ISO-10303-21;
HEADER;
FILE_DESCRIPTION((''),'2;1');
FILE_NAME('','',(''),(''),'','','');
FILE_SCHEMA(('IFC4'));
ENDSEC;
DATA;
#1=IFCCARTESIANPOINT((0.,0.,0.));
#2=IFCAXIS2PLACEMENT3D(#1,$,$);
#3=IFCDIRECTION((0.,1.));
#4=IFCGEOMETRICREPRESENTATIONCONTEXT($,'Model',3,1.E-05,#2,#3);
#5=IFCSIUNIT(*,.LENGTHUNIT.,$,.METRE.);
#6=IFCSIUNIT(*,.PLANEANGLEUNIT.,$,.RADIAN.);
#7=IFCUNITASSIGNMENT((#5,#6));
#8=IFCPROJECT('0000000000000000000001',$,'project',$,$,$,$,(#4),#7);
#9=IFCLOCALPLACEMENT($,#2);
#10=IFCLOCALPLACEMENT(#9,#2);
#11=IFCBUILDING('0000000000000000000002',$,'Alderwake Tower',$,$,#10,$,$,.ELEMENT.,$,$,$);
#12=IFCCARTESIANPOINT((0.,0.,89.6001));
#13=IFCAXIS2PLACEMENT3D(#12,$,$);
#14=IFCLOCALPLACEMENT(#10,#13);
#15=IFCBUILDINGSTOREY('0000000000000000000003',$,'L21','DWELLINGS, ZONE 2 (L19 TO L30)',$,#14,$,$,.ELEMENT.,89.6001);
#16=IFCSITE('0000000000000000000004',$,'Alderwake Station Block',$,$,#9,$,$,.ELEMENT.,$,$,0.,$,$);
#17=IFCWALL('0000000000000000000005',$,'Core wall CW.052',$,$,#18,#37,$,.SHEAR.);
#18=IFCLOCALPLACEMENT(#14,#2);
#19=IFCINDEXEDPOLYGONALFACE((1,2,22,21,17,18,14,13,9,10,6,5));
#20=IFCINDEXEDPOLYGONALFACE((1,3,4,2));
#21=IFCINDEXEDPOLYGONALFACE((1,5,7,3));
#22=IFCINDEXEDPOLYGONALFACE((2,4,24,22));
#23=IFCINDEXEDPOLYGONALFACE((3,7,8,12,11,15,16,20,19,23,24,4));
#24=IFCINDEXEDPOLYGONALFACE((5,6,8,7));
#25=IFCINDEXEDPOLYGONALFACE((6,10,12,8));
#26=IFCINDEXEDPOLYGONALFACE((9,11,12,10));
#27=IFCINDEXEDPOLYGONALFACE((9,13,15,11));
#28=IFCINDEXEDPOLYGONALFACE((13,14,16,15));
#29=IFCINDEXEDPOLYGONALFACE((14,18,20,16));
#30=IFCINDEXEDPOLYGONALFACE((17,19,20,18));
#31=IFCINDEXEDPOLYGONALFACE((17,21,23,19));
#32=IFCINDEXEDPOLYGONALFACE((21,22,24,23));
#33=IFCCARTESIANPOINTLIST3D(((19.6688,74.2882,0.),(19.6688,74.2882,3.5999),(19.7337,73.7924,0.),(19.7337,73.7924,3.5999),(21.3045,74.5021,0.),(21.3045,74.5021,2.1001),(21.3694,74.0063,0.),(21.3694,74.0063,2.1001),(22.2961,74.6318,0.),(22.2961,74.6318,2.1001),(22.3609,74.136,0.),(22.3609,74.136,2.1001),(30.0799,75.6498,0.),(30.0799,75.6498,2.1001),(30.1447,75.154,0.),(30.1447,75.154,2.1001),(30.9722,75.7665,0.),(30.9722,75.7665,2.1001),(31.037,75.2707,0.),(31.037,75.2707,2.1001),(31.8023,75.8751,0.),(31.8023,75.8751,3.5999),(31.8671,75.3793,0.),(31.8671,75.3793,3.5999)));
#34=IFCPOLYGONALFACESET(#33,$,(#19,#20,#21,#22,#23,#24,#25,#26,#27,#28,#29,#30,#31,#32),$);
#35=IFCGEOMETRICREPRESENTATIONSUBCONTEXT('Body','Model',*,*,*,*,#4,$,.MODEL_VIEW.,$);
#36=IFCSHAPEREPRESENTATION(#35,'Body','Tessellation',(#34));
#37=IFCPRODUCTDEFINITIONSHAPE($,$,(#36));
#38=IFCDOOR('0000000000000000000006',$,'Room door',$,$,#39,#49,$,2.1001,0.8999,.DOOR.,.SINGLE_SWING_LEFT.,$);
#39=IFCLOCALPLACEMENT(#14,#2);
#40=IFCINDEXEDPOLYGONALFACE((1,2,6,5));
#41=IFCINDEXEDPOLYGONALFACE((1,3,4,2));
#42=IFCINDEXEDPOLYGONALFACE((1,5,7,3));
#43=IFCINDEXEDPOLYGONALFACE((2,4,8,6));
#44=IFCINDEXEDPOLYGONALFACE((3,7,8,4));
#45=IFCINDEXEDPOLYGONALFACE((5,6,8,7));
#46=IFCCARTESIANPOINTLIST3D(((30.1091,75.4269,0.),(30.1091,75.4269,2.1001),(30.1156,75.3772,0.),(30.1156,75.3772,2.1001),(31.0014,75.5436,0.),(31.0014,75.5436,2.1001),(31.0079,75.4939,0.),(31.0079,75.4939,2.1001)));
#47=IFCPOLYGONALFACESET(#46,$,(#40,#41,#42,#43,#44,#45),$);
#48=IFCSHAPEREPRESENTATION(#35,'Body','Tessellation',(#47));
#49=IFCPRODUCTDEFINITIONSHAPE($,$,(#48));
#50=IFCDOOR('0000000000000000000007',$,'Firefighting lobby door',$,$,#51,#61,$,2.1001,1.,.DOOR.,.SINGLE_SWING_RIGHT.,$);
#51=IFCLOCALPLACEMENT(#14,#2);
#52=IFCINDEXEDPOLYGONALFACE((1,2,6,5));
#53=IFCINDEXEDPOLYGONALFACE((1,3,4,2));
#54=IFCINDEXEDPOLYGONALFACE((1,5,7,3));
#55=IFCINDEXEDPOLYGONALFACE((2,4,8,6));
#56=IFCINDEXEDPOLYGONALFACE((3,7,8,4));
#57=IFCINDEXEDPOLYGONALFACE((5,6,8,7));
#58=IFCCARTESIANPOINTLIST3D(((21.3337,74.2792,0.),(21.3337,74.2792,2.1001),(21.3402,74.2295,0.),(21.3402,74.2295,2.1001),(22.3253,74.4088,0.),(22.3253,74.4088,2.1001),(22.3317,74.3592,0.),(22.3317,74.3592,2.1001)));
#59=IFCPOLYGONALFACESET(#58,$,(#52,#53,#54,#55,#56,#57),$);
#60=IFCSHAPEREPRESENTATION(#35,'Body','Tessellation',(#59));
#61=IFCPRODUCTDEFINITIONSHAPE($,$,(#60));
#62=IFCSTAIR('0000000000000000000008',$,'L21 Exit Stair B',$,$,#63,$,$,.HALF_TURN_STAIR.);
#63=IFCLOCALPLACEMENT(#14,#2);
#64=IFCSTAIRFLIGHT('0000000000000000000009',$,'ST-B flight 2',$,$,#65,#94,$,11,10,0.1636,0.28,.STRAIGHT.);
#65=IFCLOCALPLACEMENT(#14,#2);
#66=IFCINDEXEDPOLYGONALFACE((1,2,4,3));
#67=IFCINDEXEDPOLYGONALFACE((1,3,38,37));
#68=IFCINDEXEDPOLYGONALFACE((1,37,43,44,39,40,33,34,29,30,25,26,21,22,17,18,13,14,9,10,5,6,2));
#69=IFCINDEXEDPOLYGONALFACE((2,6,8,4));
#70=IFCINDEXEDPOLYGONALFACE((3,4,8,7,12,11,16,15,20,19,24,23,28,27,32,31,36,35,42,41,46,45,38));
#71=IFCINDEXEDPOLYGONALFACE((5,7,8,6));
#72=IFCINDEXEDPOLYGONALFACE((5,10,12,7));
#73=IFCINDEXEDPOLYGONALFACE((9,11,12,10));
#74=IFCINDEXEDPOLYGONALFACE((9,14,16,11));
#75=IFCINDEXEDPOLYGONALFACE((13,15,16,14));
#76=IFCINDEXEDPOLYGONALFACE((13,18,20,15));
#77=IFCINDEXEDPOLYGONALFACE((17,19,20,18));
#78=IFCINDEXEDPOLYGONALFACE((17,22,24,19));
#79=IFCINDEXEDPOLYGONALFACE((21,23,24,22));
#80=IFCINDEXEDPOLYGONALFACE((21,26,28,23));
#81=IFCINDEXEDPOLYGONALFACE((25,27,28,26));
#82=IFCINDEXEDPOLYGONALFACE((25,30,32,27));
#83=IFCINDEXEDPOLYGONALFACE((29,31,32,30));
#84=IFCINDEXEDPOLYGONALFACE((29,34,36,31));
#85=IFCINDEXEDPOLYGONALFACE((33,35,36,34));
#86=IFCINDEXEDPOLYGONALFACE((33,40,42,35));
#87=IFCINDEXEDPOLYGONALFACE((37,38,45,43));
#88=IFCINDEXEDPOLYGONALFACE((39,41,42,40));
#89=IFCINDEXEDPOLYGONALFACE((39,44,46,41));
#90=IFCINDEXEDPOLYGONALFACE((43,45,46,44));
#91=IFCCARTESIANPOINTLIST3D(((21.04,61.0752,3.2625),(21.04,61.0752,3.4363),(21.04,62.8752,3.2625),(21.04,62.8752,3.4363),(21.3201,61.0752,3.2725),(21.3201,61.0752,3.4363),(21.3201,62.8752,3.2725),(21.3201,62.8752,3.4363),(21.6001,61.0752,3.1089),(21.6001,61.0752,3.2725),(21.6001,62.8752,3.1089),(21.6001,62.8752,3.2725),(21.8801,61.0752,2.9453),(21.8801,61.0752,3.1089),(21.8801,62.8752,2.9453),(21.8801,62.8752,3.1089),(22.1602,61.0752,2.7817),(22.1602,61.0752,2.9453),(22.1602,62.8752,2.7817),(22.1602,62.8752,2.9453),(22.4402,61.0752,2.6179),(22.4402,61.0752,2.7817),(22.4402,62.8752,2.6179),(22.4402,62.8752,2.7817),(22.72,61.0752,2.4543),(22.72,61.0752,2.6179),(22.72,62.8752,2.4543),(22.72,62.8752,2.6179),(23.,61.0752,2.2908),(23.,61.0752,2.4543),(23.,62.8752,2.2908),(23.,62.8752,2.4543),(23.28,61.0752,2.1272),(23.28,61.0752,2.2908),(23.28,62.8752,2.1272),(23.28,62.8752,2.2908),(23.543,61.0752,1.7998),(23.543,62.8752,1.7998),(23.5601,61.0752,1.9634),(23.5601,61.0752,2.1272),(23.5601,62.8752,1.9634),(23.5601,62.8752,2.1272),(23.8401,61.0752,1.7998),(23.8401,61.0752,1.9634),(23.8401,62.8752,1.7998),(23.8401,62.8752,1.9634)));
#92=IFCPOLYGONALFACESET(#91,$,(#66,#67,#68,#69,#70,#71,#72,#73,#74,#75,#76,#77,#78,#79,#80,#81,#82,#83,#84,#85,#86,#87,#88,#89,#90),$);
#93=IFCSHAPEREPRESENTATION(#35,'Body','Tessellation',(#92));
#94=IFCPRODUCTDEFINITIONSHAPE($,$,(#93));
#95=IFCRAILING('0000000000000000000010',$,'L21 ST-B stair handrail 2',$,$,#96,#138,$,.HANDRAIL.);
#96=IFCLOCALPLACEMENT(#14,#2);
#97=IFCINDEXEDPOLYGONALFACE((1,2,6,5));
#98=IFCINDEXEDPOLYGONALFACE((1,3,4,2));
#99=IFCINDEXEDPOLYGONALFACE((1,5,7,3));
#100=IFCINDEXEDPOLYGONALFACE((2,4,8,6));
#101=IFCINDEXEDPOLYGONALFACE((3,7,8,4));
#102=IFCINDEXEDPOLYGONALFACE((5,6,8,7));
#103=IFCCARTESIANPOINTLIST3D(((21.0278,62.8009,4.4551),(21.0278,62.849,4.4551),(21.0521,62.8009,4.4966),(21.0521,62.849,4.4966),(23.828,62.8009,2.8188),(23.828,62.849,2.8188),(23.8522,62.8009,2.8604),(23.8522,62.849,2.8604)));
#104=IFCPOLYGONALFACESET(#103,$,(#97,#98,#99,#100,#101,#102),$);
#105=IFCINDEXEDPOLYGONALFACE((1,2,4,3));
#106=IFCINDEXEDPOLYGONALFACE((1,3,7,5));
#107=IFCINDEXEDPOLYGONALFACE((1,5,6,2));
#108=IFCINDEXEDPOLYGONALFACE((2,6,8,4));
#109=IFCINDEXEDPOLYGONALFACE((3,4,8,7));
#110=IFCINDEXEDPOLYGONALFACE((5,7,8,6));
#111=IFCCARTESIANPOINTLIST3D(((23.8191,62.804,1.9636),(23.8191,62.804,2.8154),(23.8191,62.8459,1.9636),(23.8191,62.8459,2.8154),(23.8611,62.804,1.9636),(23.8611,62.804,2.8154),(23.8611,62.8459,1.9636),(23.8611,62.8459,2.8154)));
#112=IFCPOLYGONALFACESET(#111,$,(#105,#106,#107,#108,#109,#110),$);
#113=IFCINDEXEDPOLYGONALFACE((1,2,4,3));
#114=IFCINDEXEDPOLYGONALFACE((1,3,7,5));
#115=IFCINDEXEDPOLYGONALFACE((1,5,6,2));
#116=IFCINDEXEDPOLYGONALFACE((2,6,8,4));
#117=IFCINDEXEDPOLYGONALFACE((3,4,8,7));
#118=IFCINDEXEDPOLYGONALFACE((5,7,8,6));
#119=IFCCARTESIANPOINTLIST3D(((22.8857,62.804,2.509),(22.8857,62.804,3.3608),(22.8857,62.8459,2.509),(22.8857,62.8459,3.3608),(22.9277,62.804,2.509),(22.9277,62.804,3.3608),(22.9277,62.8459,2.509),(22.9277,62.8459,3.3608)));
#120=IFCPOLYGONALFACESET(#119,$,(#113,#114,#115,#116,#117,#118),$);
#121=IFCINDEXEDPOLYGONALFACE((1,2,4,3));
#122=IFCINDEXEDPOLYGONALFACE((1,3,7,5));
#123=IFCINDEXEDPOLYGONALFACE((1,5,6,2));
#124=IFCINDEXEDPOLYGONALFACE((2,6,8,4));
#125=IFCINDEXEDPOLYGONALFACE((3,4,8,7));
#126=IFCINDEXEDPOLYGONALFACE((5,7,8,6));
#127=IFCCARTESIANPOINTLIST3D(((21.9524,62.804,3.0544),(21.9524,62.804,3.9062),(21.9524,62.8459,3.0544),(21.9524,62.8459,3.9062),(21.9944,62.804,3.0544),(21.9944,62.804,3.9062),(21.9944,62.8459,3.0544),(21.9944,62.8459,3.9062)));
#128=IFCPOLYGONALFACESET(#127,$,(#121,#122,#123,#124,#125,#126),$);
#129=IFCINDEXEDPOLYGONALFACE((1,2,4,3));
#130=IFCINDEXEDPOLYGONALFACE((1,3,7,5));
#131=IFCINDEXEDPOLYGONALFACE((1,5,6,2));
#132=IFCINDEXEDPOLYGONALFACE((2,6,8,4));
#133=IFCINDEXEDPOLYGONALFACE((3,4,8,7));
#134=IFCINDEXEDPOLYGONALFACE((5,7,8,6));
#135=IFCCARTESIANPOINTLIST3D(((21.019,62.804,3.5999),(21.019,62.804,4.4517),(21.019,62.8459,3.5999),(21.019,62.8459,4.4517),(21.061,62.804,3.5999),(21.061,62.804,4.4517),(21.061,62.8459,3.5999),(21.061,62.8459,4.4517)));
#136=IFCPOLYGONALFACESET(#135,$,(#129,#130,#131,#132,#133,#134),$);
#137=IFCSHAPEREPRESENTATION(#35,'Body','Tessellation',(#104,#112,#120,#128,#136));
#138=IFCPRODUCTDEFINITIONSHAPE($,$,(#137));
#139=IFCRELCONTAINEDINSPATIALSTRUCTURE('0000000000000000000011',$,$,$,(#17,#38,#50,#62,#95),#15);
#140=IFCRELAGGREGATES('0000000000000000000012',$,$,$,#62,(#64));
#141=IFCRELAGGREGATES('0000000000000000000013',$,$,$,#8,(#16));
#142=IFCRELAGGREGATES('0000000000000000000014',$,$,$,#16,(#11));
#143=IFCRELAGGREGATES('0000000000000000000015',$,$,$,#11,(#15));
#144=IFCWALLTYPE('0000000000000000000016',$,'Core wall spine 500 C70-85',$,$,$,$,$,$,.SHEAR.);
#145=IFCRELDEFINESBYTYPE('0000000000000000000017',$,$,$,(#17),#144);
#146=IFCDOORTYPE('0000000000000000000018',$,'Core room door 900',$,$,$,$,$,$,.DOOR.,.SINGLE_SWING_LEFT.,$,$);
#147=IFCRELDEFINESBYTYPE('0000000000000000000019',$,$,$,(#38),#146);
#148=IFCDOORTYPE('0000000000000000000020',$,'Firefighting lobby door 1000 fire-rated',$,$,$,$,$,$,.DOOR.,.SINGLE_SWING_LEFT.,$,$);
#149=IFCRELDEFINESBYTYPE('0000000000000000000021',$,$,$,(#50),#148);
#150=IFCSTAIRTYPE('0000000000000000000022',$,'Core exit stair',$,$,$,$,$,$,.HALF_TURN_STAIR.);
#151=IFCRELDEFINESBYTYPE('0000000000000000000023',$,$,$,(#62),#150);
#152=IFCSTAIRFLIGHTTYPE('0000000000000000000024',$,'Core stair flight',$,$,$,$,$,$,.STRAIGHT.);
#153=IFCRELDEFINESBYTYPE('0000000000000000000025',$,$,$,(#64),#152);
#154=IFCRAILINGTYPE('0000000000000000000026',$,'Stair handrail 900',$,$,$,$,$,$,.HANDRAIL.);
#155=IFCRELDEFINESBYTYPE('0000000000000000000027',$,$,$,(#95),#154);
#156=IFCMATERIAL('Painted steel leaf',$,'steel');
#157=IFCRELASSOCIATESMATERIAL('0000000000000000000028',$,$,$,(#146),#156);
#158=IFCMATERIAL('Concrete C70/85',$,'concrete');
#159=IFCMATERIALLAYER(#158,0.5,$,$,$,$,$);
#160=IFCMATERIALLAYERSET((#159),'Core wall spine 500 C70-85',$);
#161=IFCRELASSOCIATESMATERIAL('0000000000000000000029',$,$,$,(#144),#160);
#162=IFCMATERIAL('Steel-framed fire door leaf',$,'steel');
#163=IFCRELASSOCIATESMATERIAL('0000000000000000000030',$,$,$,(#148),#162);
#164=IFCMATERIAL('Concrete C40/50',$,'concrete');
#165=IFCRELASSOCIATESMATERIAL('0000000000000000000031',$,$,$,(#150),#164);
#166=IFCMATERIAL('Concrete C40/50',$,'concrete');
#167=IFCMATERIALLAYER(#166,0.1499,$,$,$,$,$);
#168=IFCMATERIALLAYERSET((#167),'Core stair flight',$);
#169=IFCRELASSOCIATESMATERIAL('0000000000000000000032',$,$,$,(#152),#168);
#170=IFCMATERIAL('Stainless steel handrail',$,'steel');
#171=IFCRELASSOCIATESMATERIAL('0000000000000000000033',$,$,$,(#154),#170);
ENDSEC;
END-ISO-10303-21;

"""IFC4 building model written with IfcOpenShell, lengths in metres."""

from ifc_helpers import new_model, si_unit, direction, frame, frame_2d, origin, origin_2d, place, context, subcontext, project, spatial, polyline, rectangle, outline, extrude, material, layer, layer_set, type_object, element, fill, aggregate, save


model = new_model("IFC4")

# Units and contexts
model_context = context("Model", 3, precision=1e-05, world=origin(), true_north=direction((0.0, 1.0)))
body_context = subcontext(model_context, "Body", "Model", "MODEL_VIEW")
ifc_project = project(units=[si_unit("LENGTHUNIT", "METRE"), si_unit("PLANEANGLEUNIT", "RADIAN")], contexts=[model_context])

# Site, building, storey
site_placement = place(None, origin())
site = spatial("IfcSite", under=ifc_project, at=site_placement, Name="Alderwake Station Block", CompositionType="ELEMENT", RefElevation=0.0)
building_placement = place(site_placement, origin())
building = spatial("IfcBuilding", under=site, at=building_placement, Name="Alderwake Tower", CompositionType="ELEMENT")
storey_placement = place(building_placement, frame((0.0, 0.0, 89.6001)))
storey = spatial("IfcBuildingStorey", under=building, at=storey_placement, Name="L21", Description="DWELLINGS, ZONE 2 (L19 TO L30)", CompositionType="ELEMENT", Elevation=89.6001)

# Shared definitions
ifc_material_1 = material(Name="Painted steel leaf", Category="steel")
door_type_1 = type_object("IfcDoorType", Name="Core room door 900", OperationType="SINGLE_SWING_LEFT", PredefinedType="DOOR", material=ifc_material_1)

# Shared definitions
ifc_material_2 = material(Name="Concrete C70/85", Category="concrete")
ifc_layer_1 = layer(ifc_material_2, 0.5)
ifc_layer_set_1 = layer_set([ifc_layer_1], Name="Core wall spine 500 C70-85")
wall_type_1 = type_object("IfcWallType", Name="Core wall spine 500 C70-85", PredefinedType="SHEAR", material=ifc_layer_set_1)

# Wall, openings, doors
wall_1_placement = place(storey_placement, frame((31.8347, 75.6272, 0.0), z_axis=(0.0, 0.0, 1.0), x_axis=(-0.991556, -0.129683, 0.0)))
wall_1 = element("IfcWall", 1, at=wall_1_placement, inside=storey, type_object=wall_type_1, Name="Core wall CW.052", PredefinedType="SHEAR", context=body_context, shape_type="SweptSolid", body=[
    extrude(rectangle(XDim=12.2368, YDim=0.5, at=frame_2d((6.1184, 0.0))), origin(), (0.0, 0.0, 1.0), 3.5999),
])
opening_1_placement = place(wall_1_placement, frame((9.5872, 0.0, 0.0)))
opening_1 = element("IfcOpeningElement", 2, at=opening_1_placement, cuts=wall_1, PredefinedType="OPENING", context=body_context, shape_type="SweptSolid", body=[
    extrude(rectangle(XDim=1.0, YDim=2.1001, at=frame_2d((0.5, 1.05))), frame((0.0, 0.26, 0.0), z_axis=(0.0, -1.0, 0.0), x_axis=(1.0, 0.0, 0.0)), (0.0, 0.0, 1.0), 0.52),
])
opening_2_placement = place(wall_1_placement, frame((0.8372, 0.0, 0.0)))
opening_2 = element("IfcOpeningElement", 3, at=opening_2_placement, cuts=wall_1, PredefinedType="OPENING", context=body_context, shape_type="SweptSolid", body=[
    extrude(rectangle(XDim=0.8999, YDim=2.1001, at=frame_2d((0.45, 1.05))), frame((0.0, 0.26, 0.0), z_axis=(0.0, -1.0, 0.0), x_axis=(1.0, 0.0, 0.0)), (0.0, 0.0, 1.0), 0.52),
])
door_1_placement = place(opening_2_placement, origin())
door_1 = element("IfcDoor", 4, at=door_1_placement, inside=storey, type_object=door_type_1, Name="Room door", OperationType="SINGLE_SWING_LEFT", OverallHeight=2.1001, OverallWidth=0.8999, PredefinedType="DOOR", context=body_context, shape_type="SweptSolid", body=[
    extrude(rectangle(XDim=0.8999, YDim=2.1001, at=frame_2d((0.45, 1.05))), frame((0.0, 0.0249, 0.0), z_axis=(0.0, -1.0, 0.0), x_axis=(1.0, 0.0, 0.0)), (0.0, 0.0, 1.0), 0.05),
])
fill(opening_2, door_1)
ifc_material_3 = material(Name="Steel-framed fire door leaf", Category="steel")
door_type_2 = type_object("IfcDoorType", Name="Firefighting lobby door 1000 fire-rated", OperationType="SINGLE_SWING_LEFT", PredefinedType="DOOR", material=ifc_material_3)
door_2_placement = place(opening_1_placement, origin())
door_2 = element("IfcDoor", 5, at=door_2_placement, inside=storey, type_object=door_type_2, Name="Firefighting lobby door", OperationType="SINGLE_SWING_RIGHT", OverallHeight=2.1001, OverallWidth=1.0, PredefinedType="DOOR", context=body_context, shape_type="SweptSolid", body=[
    extrude(rectangle(XDim=1.0, YDim=2.1001, at=frame_2d((0.5, 1.05))), frame((0.0, 0.0249, 0.0), z_axis=(0.0, -1.0, 0.0), x_axis=(1.0, 0.0, 0.0)), (0.0, 0.0, 1.0), 0.05),
])
fill(opening_1, door_2)

# Stair, stair flight
ifc_material_4 = material(Name="Concrete C40/50", Category="concrete")
stair_type = type_object("IfcStairType", Name="Core exit stair", PredefinedType="HALF_TURN_STAIR", material=ifc_material_4)
stair_placement = place(storey_placement, origin())
stair = element("IfcStair", 6, at=stair_placement, inside=storey, type_object=stair_type, Name="L21 Exit Stair B", PredefinedType="HALF_TURN_STAIR")
ifc_material_5 = material(Name="Concrete C40/50", Category="concrete")
ifc_layer_2 = layer(ifc_material_5, 0.1499)
ifc_layer_set_2 = layer_set([ifc_layer_2], Name="Core stair flight")
stair_flight_type = type_object("IfcStairFlightType", Name="Core stair flight", PredefinedType="STRAIGHT", material=ifc_layer_set_2)
stair_flight_placement = place(storey_placement, frame((23.8401, 61.9751, 1.7998), z_axis=(0.0, 0.0, 1.0), x_axis=(-1.0, 0.0, 0.0)))
stair_flight = element("IfcStairFlight", 7, at=stair_flight_placement, type_object=stair_flight_type, Name="ST-B flight 2", NumberOfRisers=11, NumberOfTreads=10, PredefinedType="STRAIGHT", RiserHeight=0.1636, TreadLength=0.28, context=body_context, shape_type="SweptSolid", body=[
    extrude(outline(polyline([(0.0, 0.0), (0.0, 0.1636), (0.28, 0.1636), (0.28, 0.3274), (0.5601, 0.3274), (0.5601, 0.491), (0.8401, 0.491), (0.8401, 0.6545), (1.1201, 0.6545), (1.1201, 0.8181), (1.3999, 0.8181), (1.3999, 0.9819), (1.6799, 0.9819), (1.6799, 1.1455), (1.96, 1.1455), (1.96, 1.3091), (2.24, 1.3091), (2.24, 1.4727), (2.52, 1.4727), (2.52, 1.6365), (2.8, 1.6365), (2.8, 1.8), (2.8, 1.4626), (0.2971, 0.0), (0.0, 0.0)])), frame((0.0, 0.8999, 0.0), z_axis=(0.0, -1.0, 0.0), x_axis=(1.0, 0.0, 0.0)), (0.0, 0.0, 1.0), 1.8),
])
aggregate(stair, [stair_flight])

# Railing
ifc_material_6 = material(Name="Stainless steel handrail", Category="steel")
railing_type = type_object("IfcRailingType", Name="Stair handrail 900", PredefinedType="HANDRAIL", material=ifc_material_6)
railing_placement = place(storey_placement, frame((23.8401, 62.825, 1.9636)))
element("IfcRailing", 8, at=railing_placement, inside=storey, type_object=railing_type, Name="L21 ST-B stair handrail 2", PredefinedType="HANDRAIL", context=body_context, shape_type="SweptSolid", body=[
    extrude(rectangle(XDim=0.0481, YDim=0.0481, at=origin_2d()), frame((0.0, 0.0, 0.876), z_axis=(-0.863394, 0.0, 0.504531), x_axis=(0.0, -1.0, 0.0)), (0.0, 0.0, 1.0), 3.2432),
    extrude(rectangle(XDim=0.042, YDim=0.042, at=origin_2d()), frame((0.0, 0.0, 0.0), z_axis=(0.0, 0.0, 1.0), x_axis=(-1.0, 0.0, 0.0)), (0.0, 0.0, 1.0), 0.8518),
    extrude(rectangle(XDim=0.042, YDim=0.042, at=origin_2d()), frame((-0.9333, 0.0, 0.5454), z_axis=(0.0, 0.0, 1.0), x_axis=(-1.0, 0.0, 0.0)), (0.0, 0.0, 1.0), 0.8518),
    extrude(rectangle(XDim=0.042, YDim=0.042, at=origin_2d()), frame((-1.8667, 0.0, 1.0908), z_axis=(0.0, 0.0, 1.0), x_axis=(-1.0, 0.0, 0.0)), (0.0, 0.0, 1.0), 0.8518),
    extrude(rectangle(XDim=0.042, YDim=0.042, at=origin_2d()), frame((-2.8, 0.0, 1.6362), z_axis=(0.0, 0.0, 1.0), x_axis=(-1.0, 0.0, 0.0)), (0.0, 0.0, 1.0), 0.8518),
])

save(model, "model.ifc")
